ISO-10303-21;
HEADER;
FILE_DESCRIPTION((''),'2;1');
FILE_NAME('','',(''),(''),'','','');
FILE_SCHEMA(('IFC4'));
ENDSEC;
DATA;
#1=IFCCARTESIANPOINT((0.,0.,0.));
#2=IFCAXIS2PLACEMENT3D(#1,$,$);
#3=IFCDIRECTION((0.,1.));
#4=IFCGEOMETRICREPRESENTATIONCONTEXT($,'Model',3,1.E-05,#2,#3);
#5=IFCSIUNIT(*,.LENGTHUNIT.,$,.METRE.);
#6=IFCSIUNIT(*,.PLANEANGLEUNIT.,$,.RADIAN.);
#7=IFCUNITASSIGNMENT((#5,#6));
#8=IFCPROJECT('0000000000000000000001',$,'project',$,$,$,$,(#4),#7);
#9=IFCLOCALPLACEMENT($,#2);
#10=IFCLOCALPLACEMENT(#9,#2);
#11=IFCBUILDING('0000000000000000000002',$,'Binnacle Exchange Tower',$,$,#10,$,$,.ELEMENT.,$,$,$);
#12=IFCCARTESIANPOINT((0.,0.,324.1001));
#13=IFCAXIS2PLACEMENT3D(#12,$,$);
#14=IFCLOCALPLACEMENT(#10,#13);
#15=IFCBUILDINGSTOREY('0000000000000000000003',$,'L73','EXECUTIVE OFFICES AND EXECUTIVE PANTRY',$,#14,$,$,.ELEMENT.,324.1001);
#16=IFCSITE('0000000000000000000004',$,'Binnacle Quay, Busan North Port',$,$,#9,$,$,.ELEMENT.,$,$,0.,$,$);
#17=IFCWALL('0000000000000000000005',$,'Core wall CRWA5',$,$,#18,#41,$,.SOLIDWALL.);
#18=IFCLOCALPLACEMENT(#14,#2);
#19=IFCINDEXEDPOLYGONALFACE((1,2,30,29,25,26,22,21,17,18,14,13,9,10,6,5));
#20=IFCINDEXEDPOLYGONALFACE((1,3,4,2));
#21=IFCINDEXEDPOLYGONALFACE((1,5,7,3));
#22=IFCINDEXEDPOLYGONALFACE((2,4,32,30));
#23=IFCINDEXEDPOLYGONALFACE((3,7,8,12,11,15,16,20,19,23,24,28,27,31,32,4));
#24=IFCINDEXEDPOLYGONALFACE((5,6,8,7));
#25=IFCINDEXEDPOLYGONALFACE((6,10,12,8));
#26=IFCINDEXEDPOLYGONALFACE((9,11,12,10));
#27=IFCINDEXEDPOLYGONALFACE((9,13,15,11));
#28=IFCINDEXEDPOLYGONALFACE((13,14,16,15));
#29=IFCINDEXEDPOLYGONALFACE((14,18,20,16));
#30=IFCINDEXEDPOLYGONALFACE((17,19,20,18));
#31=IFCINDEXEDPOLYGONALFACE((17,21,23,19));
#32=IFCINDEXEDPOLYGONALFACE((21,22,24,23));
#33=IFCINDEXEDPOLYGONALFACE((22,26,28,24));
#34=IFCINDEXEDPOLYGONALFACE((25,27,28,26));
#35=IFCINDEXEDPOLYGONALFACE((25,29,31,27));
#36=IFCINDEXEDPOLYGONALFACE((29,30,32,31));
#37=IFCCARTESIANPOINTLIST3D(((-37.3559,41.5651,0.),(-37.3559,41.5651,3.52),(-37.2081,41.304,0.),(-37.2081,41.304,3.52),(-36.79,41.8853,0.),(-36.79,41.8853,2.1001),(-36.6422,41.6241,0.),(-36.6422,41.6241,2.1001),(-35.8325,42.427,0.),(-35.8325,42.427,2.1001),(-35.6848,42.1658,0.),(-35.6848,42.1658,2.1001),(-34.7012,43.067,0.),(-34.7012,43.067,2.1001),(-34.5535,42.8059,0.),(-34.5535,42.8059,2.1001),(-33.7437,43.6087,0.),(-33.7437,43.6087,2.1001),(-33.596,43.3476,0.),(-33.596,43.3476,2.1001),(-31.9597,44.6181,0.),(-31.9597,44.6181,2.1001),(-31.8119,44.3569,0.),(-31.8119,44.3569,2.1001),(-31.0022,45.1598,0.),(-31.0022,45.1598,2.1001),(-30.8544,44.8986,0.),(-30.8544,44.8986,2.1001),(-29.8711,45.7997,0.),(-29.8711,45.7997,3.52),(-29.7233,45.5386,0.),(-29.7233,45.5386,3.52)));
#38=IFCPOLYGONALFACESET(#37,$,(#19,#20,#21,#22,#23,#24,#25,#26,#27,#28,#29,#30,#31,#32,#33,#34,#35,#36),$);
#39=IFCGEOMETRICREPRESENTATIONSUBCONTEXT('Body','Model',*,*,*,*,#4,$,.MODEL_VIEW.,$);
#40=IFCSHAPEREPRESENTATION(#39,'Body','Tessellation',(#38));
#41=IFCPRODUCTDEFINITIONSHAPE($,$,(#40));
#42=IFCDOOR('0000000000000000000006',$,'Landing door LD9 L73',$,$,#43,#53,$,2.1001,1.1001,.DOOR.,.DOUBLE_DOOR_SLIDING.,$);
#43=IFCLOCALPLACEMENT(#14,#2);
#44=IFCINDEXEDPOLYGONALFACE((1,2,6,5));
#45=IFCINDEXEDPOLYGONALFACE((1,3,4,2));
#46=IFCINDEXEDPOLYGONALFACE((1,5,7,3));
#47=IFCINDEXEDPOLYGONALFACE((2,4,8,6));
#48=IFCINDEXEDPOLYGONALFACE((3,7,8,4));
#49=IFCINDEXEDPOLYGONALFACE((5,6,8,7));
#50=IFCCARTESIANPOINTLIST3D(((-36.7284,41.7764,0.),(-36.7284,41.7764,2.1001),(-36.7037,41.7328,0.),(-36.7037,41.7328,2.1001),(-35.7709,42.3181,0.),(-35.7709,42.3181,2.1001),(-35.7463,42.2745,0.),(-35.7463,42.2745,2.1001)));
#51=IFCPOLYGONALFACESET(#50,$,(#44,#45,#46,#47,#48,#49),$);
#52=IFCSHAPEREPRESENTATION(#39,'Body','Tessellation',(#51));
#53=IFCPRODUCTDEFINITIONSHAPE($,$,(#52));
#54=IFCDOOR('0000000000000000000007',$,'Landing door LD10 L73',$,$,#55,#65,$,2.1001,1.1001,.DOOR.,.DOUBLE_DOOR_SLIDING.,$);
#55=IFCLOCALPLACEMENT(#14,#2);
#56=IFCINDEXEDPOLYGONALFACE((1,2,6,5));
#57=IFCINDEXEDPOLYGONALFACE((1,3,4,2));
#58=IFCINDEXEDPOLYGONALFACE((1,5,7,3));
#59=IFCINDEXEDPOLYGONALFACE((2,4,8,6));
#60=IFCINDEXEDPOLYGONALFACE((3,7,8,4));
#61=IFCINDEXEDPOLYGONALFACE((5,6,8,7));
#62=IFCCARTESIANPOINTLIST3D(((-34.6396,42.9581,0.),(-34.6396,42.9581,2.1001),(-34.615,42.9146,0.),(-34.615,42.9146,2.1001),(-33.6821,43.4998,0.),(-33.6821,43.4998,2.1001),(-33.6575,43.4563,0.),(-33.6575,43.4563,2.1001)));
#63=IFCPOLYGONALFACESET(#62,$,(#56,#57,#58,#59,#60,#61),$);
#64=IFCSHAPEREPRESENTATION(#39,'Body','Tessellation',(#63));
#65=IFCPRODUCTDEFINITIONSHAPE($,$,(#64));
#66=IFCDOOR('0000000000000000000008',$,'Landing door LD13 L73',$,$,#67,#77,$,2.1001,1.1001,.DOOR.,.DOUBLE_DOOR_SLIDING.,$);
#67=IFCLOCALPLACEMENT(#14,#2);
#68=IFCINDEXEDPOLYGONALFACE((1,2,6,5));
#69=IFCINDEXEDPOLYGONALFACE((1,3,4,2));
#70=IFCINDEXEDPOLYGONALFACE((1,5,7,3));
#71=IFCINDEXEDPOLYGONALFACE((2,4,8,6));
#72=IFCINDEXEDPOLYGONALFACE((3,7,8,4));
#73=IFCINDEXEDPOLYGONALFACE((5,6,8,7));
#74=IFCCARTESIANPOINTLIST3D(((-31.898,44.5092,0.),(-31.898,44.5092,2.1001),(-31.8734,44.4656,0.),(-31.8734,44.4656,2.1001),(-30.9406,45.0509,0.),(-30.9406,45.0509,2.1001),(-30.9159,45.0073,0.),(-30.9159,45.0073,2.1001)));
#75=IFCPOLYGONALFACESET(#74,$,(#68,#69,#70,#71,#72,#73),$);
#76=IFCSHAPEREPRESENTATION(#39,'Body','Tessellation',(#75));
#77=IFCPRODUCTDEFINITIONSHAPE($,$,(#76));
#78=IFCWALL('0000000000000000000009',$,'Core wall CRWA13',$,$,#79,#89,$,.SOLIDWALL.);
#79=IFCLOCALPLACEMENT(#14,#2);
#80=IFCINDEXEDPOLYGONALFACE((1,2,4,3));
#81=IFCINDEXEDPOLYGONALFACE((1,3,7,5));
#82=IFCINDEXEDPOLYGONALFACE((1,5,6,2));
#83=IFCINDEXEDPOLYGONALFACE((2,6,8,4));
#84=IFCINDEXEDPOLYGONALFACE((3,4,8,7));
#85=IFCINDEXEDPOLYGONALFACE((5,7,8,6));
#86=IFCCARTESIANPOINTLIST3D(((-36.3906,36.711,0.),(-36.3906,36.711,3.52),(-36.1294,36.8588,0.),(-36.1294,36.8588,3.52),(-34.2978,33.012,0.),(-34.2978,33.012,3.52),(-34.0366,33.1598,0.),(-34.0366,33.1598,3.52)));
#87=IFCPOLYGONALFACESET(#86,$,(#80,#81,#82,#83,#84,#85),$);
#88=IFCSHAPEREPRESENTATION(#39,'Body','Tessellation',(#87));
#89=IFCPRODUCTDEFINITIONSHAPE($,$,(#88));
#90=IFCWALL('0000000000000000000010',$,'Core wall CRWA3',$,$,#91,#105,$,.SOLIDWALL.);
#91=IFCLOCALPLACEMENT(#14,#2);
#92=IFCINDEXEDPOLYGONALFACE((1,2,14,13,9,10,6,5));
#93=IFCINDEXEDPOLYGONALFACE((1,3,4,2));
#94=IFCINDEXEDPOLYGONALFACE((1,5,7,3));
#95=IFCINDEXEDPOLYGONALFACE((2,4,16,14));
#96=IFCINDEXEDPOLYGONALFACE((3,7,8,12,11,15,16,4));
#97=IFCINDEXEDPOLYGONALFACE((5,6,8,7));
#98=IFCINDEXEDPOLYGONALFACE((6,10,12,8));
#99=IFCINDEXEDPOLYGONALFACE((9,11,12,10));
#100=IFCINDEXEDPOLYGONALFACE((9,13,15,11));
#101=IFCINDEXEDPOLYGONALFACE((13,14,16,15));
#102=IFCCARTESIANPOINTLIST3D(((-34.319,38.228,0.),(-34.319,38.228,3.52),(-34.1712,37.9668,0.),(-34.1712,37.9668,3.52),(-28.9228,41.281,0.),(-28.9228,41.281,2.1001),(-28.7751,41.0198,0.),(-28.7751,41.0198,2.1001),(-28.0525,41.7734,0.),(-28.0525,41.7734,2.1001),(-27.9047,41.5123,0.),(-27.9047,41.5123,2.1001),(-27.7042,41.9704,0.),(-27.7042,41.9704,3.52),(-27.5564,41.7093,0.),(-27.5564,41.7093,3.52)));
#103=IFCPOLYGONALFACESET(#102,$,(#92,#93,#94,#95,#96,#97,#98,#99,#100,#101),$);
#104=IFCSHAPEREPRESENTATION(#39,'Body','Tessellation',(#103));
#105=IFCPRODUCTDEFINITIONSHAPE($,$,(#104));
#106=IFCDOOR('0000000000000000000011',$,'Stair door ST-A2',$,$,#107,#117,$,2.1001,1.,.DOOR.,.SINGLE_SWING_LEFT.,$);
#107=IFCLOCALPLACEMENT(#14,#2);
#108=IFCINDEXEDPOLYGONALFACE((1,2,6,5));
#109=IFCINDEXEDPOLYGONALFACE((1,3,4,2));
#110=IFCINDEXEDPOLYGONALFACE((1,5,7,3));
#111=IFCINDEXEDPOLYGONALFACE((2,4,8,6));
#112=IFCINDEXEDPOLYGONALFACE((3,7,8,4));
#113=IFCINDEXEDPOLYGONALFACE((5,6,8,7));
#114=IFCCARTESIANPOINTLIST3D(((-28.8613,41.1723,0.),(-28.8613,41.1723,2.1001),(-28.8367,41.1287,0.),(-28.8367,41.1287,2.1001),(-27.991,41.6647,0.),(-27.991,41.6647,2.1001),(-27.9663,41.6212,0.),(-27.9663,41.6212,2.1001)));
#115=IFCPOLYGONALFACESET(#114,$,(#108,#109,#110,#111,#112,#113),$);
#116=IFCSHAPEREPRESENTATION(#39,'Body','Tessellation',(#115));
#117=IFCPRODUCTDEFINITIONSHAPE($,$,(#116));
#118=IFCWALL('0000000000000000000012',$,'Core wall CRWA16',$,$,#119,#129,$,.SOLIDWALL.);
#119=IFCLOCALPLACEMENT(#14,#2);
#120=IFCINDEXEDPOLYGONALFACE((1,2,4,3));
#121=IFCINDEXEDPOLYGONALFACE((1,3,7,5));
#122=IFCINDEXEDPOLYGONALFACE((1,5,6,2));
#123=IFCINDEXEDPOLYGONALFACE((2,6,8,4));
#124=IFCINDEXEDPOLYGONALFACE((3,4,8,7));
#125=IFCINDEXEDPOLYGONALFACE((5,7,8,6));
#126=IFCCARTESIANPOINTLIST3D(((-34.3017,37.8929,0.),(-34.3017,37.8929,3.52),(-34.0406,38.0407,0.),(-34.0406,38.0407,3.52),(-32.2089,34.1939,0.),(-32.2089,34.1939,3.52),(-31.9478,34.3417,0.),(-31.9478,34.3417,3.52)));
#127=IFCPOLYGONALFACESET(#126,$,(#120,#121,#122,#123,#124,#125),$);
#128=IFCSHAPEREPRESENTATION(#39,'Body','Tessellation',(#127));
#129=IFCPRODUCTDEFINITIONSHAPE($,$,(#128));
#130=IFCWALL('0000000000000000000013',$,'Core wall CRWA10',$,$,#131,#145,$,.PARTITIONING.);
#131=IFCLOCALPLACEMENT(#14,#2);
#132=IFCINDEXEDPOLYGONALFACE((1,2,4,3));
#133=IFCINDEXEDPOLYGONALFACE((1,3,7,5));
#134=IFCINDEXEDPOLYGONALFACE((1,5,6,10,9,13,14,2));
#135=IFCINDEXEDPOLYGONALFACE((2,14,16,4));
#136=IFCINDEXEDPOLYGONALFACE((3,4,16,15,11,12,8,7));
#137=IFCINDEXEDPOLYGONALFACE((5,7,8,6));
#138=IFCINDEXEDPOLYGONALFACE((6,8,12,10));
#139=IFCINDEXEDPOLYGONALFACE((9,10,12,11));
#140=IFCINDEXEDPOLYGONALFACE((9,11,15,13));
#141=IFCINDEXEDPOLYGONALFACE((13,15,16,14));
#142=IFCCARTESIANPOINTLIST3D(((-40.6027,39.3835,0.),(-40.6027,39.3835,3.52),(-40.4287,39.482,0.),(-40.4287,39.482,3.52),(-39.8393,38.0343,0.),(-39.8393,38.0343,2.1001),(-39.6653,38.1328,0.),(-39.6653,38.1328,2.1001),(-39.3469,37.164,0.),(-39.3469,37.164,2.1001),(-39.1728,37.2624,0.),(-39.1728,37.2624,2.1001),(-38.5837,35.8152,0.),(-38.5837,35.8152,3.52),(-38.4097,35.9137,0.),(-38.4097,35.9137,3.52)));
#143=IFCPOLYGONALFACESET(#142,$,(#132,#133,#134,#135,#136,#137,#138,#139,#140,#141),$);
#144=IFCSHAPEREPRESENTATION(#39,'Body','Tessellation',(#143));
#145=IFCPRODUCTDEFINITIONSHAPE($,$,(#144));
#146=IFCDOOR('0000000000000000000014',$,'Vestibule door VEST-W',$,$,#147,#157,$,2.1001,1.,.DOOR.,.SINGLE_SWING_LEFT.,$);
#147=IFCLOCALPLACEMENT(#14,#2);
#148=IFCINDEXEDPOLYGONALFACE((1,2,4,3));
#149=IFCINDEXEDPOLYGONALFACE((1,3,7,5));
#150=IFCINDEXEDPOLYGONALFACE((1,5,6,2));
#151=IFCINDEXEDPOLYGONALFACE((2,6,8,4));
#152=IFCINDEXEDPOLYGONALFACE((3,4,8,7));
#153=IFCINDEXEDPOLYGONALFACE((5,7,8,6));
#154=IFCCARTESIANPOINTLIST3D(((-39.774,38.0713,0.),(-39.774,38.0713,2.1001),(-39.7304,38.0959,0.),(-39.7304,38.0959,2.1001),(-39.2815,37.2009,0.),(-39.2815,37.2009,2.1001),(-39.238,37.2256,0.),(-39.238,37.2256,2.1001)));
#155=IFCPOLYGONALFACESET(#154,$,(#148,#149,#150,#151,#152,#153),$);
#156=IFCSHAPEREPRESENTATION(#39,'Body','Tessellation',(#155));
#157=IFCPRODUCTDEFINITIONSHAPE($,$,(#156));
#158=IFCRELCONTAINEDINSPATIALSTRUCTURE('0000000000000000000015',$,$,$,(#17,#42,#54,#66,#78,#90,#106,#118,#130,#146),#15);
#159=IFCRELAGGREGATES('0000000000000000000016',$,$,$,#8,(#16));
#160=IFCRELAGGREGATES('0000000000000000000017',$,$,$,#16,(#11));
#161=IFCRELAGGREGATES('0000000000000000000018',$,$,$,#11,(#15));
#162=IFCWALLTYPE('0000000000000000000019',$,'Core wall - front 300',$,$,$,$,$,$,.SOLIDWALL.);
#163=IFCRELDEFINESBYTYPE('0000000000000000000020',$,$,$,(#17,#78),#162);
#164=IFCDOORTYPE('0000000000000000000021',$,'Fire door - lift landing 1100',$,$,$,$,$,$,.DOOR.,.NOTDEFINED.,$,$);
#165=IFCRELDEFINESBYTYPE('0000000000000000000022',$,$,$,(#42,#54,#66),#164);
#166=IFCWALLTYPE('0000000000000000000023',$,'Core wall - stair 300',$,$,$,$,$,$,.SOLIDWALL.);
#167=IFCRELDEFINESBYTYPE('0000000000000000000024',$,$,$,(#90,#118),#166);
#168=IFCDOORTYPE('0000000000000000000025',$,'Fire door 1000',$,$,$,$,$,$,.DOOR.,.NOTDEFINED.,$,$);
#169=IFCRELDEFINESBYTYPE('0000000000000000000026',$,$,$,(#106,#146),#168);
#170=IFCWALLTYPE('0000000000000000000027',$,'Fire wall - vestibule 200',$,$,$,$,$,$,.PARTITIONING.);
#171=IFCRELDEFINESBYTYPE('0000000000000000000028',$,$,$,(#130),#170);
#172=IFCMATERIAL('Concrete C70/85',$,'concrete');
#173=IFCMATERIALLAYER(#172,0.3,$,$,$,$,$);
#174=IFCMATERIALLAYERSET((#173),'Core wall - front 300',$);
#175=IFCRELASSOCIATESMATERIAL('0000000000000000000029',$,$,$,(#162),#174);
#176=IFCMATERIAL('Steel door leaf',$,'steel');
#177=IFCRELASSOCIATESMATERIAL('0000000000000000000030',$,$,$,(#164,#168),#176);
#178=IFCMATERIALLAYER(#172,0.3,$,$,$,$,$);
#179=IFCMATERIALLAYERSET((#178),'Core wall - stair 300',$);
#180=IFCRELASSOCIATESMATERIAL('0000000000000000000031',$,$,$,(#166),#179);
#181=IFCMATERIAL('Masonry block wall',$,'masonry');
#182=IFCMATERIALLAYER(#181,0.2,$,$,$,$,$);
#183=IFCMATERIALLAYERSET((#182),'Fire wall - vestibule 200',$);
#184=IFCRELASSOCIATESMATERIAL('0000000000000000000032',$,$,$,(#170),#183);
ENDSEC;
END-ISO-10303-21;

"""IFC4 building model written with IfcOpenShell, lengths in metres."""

from ifc_helpers import new_model, si_unit, direction, frame, frame_2d, origin, place, context, subcontext, project, spatial, rectangle, extrude, material, layer, layer_set, type_object, element, fill, save


model = new_model("IFC4")

# Units and contexts
model_context = context("Model", 3, precision=1e-05, world=origin(), true_north=direction((0.0, 1.0)))
body_context = subcontext(model_context, "Body", "Model", "MODEL_VIEW")
ifc_project = project(units=[si_unit("LENGTHUNIT", "METRE"), si_unit("PLANEANGLEUNIT", "RADIAN")], contexts=[model_context])

# Site, building, storey
site_placement = place(None, origin())
site = spatial("IfcSite", under=ifc_project, at=site_placement, Name="Binnacle Quay, Busan North Port", CompositionType="ELEMENT", RefElevation=0.0)
building_placement = place(site_placement, origin())
building = spatial("IfcBuilding", under=site, at=building_placement, Name="Binnacle Exchange Tower", CompositionType="ELEMENT")
storey_placement = place(building_placement, frame((0.0, 0.0, 324.1001)))
storey = spatial("IfcBuildingStorey", under=building, at=storey_placement, Name="L73", Description="EXECUTIVE OFFICES AND EXECUTIVE PANTRY", CompositionType="ELEMENT", Elevation=324.1001)

# Wall, openings, doors
ifc_material_1 = material(Name="Concrete C70/85", Category="concrete")
ifc_layer_1 = layer(ifc_material_1, 0.3)
ifc_layer_set_1 = layer_set([ifc_layer_1], Name="Core wall - front 300")
wall_type_1 = type_object("IfcWallType", Name="Core wall - front 300", PredefinedType="SOLIDWALL", material=ifc_layer_set_1)
wall_1_placement = place(storey_placement, frame((-37.282, 41.4346, 0.0), z_axis=(0.0, 0.0, 1.0), x_axis=(0.870361, 0.492414, 0.0)))
wall_1 = element("IfcWall", 1, at=wall_1_placement, inside=storey, type_object=wall_type_1, Name="Core wall CRWA5", PredefinedType="SOLIDWALL", context=body_context, shape_type="SweptSolid", body=[
    extrude(rectangle(XDim=8.5996, YDim=0.3, at=frame_2d((4.2998, 0.0))), origin(), (0.0, 0.0, 1.0), 3.52),
])
opening_1_placement = place(wall_1_placement, frame((0.6501, 0.0, 0.0)))
opening_1 = element("IfcOpeningElement", 2, at=opening_1_placement, cuts=wall_1, PredefinedType="OPENING", context=body_context, shape_type="SweptSolid", body=[
    extrude(rectangle(XDim=1.1001, YDim=2.1001, at=frame_2d((0.55, 1.05))), frame((0.0, 0.1599, 0.0), z_axis=(0.0, -1.0, 0.0), x_axis=(1.0, 0.0, 0.0)), (0.0, 0.0, 1.0), 0.3201),
])
opening_2_placement = place(wall_1_placement, frame((3.05, 0.0, 0.0)))
opening_2 = element("IfcOpeningElement", 3, at=opening_2_placement, cuts=wall_1, PredefinedType="OPENING", context=body_context, shape_type="SweptSolid", body=[
    extrude(rectangle(XDim=1.1001, YDim=2.1001, at=frame_2d((0.55, 1.05))), frame((0.0, 0.1599, 0.0), z_axis=(0.0, -1.0, 0.0), x_axis=(1.0, 0.0, 0.0)), (0.0, 0.0, 1.0), 0.3201),
])
opening_3_placement = place(wall_1_placement, frame((6.2, 0.0, 0.0)))
opening_3 = element("IfcOpeningElement", 4, at=opening_3_placement, cuts=wall_1, PredefinedType="OPENING", context=body_context, shape_type="SweptSolid", body=[
    extrude(rectangle(XDim=1.1001, YDim=2.1001, at=frame_2d((0.55, 1.05))), frame((0.0, 0.1599, 0.0), z_axis=(0.0, -1.0, 0.0), x_axis=(1.0, 0.0, 0.0)), (0.0, 0.0, 1.0), 0.3201),
])
ifc_material_2 = material(Name="Steel door leaf", Category="steel")
door_type_1 = type_object("IfcDoorType", Name="Fire door - lift landing 1100", OperationType="NOTDEFINED", PredefinedType="DOOR", material=ifc_material_2)
door_1_placement = place(opening_1_placement, origin())
door_1 = element("IfcDoor", 5, at=door_1_placement, inside=storey, type_object=door_type_1, Name="Landing door LD9 L73", OperationType="DOUBLE_DOOR_SLIDING", OverallHeight=2.1001, OverallWidth=1.1001, PredefinedType="DOOR", context=body_context, shape_type="SweptSolid", body=[
    extrude(rectangle(XDim=1.1001, YDim=2.1001, at=frame_2d((0.55, 1.05))), frame((0.0, 0.0249, 0.0), z_axis=(0.0, -1.0, 0.0), x_axis=(1.0, 0.0, 0.0)), (0.0, 0.0, 1.0), 0.05),
])
fill(opening_1, door_1)
door_2_placement = place(opening_2_placement, origin())
door_2 = element("IfcDoor", 6, at=door_2_placement, inside=storey, type_object=door_type_1, Name="Landing door LD10 L73", OperationType="DOUBLE_DOOR_SLIDING", OverallHeight=2.1001, OverallWidth=1.1001, PredefinedType="DOOR", context=body_context, shape_type="SweptSolid", body=[
    extrude(rectangle(XDim=1.1001, YDim=2.1001, at=frame_2d((0.55, 1.05))), frame((0.0, 0.0249, 0.0), z_axis=(0.0, -1.0, 0.0), x_axis=(1.0, 0.0, 0.0)), (0.0, 0.0, 1.0), 0.05),
])
fill(opening_2, door_2)
door_3_placement = place(opening_3_placement, origin())
door_3 = element("IfcDoor", 7, at=door_3_placement, inside=storey, type_object=door_type_1, Name="Landing door LD13 L73", OperationType="DOUBLE_DOOR_SLIDING", OverallHeight=2.1001, OverallWidth=1.1001, PredefinedType="DOOR", context=body_context, shape_type="SweptSolid", body=[
    extrude(rectangle(XDim=1.1001, YDim=2.1001, at=frame_2d((0.55, 1.05))), frame((0.0, 0.0249, 0.0), z_axis=(0.0, -1.0, 0.0), x_axis=(1.0, 0.0, 0.0)), (0.0, 0.0, 1.0), 0.05),
])
fill(opening_3, door_3)

# Wall
wall_2_placement = place(storey_placement, frame((-36.26, 36.7849, 0.0), z_axis=(0.0, 0.0, 1.0), x_axis=(0.492423, -0.870356, 0.0)))
element("IfcWall", 8, at=wall_2_placement, inside=storey, type_object=wall_type_1, Name="Core wall CRWA13", PredefinedType="SOLIDWALL", context=body_context, shape_type="SweptSolid", body=[
    extrude(rectangle(XDim=4.25, YDim=0.3, at=frame_2d((2.125, 0.0))), origin(), (0.0, 0.0, 1.0), 3.52),
])

# Wall, opening, door
ifc_layer_2 = layer(ifc_material_1, 0.3)
ifc_layer_set_2 = layer_set([ifc_layer_2], Name="Core wall - stair 300")
wall_type_2 = type_object("IfcWallType", Name="Core wall - stair 300", PredefinedType="SOLIDWALL", material=ifc_layer_set_2)
wall_3_placement = place(storey_placement, frame((-34.2451, 38.0974, 0.0), z_axis=(0.0, 0.0, 1.0), x_axis=(0.870356, 0.492422, 0.0)))
wall_3 = element("IfcWall", 9, at=wall_3_placement, inside=storey, type_object=wall_type_2, Name="Core wall CRWA3", PredefinedType="SOLIDWALL", context=body_context, shape_type="SweptSolid", body=[
    extrude(rectangle(XDim=7.6001, YDim=0.3, at=frame_2d((3.8, 0.0))), origin(), (0.0, 0.0, 1.0), 3.52),
])
opening_4_placement = place(wall_3_placement, frame((6.2, 0.0, 0.0)))
opening_4 = element("IfcOpeningElement", 10, at=opening_4_placement, cuts=wall_3, PredefinedType="OPENING", context=body_context, shape_type="SweptSolid", body=[
    extrude(rectangle(XDim=1.0, YDim=2.1001, at=frame_2d((0.5, 1.05))), frame((0.0, 0.1599, 0.0), z_axis=(0.0, -1.0, 0.0), x_axis=(1.0, 0.0, 0.0)), (0.0, 0.0, 1.0), 0.3201),
])
door_type_2 = type_object("IfcDoorType", Name="Fire door 1000", OperationType="NOTDEFINED", PredefinedType="DOOR", material=ifc_material_2)
door_4_placement = place(opening_4_placement, frame((1.0, 0.0, 0.0), z_axis=(0.0, 0.0, 1.0), x_axis=(-1.0, 0.0, 0.0)))
door_4 = element("IfcDoor", 11, at=door_4_placement, inside=storey, type_object=door_type_2, Name="Stair door ST-A2", OperationType="SINGLE_SWING_LEFT", OverallHeight=2.1001, OverallWidth=1.0, PredefinedType="DOOR", context=body_context, shape_type="SweptSolid", body=[
    extrude(rectangle(XDim=1.0, YDim=2.1001, at=frame_2d((0.5, 1.05))), frame((0.0, 0.0249, 0.0), z_axis=(0.0, -1.0, 0.0), x_axis=(1.0, 0.0, 0.0)), (0.0, 0.0, 1.0), 0.05),
])
fill(opening_4, door_4)

# Wall
wall_4_placement = place(storey_placement, frame((-34.1711, 37.9668, 0.0), z_axis=(0.0, 0.0, 1.0), x_axis=(0.492423, -0.870356, 0.0)))
element("IfcWall", 12, at=wall_4_placement, inside=storey, type_object=wall_type_2, Name="Core wall CRWA16", PredefinedType="SOLIDWALL", context=body_context, shape_type="SweptSolid", body=[
    extrude(rectangle(XDim=4.25, YDim=0.3, at=frame_2d((2.125, 0.0))), origin(), (0.0, 0.0, 1.0), 3.52),
])

# Wall, opening, door
ifc_material_3 = material(Name="Masonry block wall", Category="masonry")
ifc_layer_3 = layer(ifc_material_3, 0.2)
ifc_layer_set_3 = layer_set([ifc_layer_3], Name="Fire wall - vestibule 200")
wall_type_3 = type_object("IfcWallType", Name="Fire wall - vestibule 200", PredefinedType="PARTITIONING", material=ifc_layer_set_3)
wall_5_placement = place(storey_placement, frame((-40.5156, 39.4326, 0.0), z_axis=(0.0, 0.0, 1.0), x_axis=(0.492454, -0.870339, 0.0)))
wall_5 = element("IfcWall", 13, at=wall_5_placement, inside=storey, type_object=wall_type_3, Name="Core wall CRWA10", PredefinedType="PARTITIONING", context=body_context, shape_type="SweptSolid", body=[
    extrude(rectangle(XDim=4.0999, YDim=0.2, at=frame_2d((2.0498, 0.0))), origin(), (0.0, 0.0, 1.0), 3.52),
])
opening_5_placement = place(wall_5_placement, frame((1.55, 0.0, 0.0)))
opening_5 = element("IfcOpeningElement", 14, at=opening_5_placement, cuts=wall_5, PredefinedType="OPENING", context=body_context, shape_type="SweptSolid", body=[
    extrude(rectangle(XDim=1.0, YDim=2.1001, at=frame_2d((0.5, 1.05))), frame((0.0, 0.1099, 0.0), z_axis=(0.0, -1.0, 0.0), x_axis=(1.0, 0.0, 0.0)), (0.0, 0.0, 1.0), 0.22),
])
door_5_placement = place(opening_5_placement, frame((1.0, 0.0, 0.0), z_axis=(0.0, 0.0, 1.0), x_axis=(-1.0, 0.0, 0.0)))
door_5 = element("IfcDoor", 15, at=door_5_placement, inside=storey, type_object=door_type_2, Name="Vestibule door VEST-W", OperationType="SINGLE_SWING_LEFT", OverallHeight=2.1001, OverallWidth=1.0, PredefinedType="DOOR", context=body_context, shape_type="SweptSolid", body=[
    extrude(rectangle(XDim=1.0, YDim=2.1001, at=frame_2d((0.5, 1.05))), frame((0.0, 0.0249, 0.0), z_axis=(0.0, -1.0, 0.0), x_axis=(1.0, 0.0, 0.0)), (0.0, 0.0, 1.0), 0.05),
])
fill(opening_5, door_5)

save(model, "model.ifc")
